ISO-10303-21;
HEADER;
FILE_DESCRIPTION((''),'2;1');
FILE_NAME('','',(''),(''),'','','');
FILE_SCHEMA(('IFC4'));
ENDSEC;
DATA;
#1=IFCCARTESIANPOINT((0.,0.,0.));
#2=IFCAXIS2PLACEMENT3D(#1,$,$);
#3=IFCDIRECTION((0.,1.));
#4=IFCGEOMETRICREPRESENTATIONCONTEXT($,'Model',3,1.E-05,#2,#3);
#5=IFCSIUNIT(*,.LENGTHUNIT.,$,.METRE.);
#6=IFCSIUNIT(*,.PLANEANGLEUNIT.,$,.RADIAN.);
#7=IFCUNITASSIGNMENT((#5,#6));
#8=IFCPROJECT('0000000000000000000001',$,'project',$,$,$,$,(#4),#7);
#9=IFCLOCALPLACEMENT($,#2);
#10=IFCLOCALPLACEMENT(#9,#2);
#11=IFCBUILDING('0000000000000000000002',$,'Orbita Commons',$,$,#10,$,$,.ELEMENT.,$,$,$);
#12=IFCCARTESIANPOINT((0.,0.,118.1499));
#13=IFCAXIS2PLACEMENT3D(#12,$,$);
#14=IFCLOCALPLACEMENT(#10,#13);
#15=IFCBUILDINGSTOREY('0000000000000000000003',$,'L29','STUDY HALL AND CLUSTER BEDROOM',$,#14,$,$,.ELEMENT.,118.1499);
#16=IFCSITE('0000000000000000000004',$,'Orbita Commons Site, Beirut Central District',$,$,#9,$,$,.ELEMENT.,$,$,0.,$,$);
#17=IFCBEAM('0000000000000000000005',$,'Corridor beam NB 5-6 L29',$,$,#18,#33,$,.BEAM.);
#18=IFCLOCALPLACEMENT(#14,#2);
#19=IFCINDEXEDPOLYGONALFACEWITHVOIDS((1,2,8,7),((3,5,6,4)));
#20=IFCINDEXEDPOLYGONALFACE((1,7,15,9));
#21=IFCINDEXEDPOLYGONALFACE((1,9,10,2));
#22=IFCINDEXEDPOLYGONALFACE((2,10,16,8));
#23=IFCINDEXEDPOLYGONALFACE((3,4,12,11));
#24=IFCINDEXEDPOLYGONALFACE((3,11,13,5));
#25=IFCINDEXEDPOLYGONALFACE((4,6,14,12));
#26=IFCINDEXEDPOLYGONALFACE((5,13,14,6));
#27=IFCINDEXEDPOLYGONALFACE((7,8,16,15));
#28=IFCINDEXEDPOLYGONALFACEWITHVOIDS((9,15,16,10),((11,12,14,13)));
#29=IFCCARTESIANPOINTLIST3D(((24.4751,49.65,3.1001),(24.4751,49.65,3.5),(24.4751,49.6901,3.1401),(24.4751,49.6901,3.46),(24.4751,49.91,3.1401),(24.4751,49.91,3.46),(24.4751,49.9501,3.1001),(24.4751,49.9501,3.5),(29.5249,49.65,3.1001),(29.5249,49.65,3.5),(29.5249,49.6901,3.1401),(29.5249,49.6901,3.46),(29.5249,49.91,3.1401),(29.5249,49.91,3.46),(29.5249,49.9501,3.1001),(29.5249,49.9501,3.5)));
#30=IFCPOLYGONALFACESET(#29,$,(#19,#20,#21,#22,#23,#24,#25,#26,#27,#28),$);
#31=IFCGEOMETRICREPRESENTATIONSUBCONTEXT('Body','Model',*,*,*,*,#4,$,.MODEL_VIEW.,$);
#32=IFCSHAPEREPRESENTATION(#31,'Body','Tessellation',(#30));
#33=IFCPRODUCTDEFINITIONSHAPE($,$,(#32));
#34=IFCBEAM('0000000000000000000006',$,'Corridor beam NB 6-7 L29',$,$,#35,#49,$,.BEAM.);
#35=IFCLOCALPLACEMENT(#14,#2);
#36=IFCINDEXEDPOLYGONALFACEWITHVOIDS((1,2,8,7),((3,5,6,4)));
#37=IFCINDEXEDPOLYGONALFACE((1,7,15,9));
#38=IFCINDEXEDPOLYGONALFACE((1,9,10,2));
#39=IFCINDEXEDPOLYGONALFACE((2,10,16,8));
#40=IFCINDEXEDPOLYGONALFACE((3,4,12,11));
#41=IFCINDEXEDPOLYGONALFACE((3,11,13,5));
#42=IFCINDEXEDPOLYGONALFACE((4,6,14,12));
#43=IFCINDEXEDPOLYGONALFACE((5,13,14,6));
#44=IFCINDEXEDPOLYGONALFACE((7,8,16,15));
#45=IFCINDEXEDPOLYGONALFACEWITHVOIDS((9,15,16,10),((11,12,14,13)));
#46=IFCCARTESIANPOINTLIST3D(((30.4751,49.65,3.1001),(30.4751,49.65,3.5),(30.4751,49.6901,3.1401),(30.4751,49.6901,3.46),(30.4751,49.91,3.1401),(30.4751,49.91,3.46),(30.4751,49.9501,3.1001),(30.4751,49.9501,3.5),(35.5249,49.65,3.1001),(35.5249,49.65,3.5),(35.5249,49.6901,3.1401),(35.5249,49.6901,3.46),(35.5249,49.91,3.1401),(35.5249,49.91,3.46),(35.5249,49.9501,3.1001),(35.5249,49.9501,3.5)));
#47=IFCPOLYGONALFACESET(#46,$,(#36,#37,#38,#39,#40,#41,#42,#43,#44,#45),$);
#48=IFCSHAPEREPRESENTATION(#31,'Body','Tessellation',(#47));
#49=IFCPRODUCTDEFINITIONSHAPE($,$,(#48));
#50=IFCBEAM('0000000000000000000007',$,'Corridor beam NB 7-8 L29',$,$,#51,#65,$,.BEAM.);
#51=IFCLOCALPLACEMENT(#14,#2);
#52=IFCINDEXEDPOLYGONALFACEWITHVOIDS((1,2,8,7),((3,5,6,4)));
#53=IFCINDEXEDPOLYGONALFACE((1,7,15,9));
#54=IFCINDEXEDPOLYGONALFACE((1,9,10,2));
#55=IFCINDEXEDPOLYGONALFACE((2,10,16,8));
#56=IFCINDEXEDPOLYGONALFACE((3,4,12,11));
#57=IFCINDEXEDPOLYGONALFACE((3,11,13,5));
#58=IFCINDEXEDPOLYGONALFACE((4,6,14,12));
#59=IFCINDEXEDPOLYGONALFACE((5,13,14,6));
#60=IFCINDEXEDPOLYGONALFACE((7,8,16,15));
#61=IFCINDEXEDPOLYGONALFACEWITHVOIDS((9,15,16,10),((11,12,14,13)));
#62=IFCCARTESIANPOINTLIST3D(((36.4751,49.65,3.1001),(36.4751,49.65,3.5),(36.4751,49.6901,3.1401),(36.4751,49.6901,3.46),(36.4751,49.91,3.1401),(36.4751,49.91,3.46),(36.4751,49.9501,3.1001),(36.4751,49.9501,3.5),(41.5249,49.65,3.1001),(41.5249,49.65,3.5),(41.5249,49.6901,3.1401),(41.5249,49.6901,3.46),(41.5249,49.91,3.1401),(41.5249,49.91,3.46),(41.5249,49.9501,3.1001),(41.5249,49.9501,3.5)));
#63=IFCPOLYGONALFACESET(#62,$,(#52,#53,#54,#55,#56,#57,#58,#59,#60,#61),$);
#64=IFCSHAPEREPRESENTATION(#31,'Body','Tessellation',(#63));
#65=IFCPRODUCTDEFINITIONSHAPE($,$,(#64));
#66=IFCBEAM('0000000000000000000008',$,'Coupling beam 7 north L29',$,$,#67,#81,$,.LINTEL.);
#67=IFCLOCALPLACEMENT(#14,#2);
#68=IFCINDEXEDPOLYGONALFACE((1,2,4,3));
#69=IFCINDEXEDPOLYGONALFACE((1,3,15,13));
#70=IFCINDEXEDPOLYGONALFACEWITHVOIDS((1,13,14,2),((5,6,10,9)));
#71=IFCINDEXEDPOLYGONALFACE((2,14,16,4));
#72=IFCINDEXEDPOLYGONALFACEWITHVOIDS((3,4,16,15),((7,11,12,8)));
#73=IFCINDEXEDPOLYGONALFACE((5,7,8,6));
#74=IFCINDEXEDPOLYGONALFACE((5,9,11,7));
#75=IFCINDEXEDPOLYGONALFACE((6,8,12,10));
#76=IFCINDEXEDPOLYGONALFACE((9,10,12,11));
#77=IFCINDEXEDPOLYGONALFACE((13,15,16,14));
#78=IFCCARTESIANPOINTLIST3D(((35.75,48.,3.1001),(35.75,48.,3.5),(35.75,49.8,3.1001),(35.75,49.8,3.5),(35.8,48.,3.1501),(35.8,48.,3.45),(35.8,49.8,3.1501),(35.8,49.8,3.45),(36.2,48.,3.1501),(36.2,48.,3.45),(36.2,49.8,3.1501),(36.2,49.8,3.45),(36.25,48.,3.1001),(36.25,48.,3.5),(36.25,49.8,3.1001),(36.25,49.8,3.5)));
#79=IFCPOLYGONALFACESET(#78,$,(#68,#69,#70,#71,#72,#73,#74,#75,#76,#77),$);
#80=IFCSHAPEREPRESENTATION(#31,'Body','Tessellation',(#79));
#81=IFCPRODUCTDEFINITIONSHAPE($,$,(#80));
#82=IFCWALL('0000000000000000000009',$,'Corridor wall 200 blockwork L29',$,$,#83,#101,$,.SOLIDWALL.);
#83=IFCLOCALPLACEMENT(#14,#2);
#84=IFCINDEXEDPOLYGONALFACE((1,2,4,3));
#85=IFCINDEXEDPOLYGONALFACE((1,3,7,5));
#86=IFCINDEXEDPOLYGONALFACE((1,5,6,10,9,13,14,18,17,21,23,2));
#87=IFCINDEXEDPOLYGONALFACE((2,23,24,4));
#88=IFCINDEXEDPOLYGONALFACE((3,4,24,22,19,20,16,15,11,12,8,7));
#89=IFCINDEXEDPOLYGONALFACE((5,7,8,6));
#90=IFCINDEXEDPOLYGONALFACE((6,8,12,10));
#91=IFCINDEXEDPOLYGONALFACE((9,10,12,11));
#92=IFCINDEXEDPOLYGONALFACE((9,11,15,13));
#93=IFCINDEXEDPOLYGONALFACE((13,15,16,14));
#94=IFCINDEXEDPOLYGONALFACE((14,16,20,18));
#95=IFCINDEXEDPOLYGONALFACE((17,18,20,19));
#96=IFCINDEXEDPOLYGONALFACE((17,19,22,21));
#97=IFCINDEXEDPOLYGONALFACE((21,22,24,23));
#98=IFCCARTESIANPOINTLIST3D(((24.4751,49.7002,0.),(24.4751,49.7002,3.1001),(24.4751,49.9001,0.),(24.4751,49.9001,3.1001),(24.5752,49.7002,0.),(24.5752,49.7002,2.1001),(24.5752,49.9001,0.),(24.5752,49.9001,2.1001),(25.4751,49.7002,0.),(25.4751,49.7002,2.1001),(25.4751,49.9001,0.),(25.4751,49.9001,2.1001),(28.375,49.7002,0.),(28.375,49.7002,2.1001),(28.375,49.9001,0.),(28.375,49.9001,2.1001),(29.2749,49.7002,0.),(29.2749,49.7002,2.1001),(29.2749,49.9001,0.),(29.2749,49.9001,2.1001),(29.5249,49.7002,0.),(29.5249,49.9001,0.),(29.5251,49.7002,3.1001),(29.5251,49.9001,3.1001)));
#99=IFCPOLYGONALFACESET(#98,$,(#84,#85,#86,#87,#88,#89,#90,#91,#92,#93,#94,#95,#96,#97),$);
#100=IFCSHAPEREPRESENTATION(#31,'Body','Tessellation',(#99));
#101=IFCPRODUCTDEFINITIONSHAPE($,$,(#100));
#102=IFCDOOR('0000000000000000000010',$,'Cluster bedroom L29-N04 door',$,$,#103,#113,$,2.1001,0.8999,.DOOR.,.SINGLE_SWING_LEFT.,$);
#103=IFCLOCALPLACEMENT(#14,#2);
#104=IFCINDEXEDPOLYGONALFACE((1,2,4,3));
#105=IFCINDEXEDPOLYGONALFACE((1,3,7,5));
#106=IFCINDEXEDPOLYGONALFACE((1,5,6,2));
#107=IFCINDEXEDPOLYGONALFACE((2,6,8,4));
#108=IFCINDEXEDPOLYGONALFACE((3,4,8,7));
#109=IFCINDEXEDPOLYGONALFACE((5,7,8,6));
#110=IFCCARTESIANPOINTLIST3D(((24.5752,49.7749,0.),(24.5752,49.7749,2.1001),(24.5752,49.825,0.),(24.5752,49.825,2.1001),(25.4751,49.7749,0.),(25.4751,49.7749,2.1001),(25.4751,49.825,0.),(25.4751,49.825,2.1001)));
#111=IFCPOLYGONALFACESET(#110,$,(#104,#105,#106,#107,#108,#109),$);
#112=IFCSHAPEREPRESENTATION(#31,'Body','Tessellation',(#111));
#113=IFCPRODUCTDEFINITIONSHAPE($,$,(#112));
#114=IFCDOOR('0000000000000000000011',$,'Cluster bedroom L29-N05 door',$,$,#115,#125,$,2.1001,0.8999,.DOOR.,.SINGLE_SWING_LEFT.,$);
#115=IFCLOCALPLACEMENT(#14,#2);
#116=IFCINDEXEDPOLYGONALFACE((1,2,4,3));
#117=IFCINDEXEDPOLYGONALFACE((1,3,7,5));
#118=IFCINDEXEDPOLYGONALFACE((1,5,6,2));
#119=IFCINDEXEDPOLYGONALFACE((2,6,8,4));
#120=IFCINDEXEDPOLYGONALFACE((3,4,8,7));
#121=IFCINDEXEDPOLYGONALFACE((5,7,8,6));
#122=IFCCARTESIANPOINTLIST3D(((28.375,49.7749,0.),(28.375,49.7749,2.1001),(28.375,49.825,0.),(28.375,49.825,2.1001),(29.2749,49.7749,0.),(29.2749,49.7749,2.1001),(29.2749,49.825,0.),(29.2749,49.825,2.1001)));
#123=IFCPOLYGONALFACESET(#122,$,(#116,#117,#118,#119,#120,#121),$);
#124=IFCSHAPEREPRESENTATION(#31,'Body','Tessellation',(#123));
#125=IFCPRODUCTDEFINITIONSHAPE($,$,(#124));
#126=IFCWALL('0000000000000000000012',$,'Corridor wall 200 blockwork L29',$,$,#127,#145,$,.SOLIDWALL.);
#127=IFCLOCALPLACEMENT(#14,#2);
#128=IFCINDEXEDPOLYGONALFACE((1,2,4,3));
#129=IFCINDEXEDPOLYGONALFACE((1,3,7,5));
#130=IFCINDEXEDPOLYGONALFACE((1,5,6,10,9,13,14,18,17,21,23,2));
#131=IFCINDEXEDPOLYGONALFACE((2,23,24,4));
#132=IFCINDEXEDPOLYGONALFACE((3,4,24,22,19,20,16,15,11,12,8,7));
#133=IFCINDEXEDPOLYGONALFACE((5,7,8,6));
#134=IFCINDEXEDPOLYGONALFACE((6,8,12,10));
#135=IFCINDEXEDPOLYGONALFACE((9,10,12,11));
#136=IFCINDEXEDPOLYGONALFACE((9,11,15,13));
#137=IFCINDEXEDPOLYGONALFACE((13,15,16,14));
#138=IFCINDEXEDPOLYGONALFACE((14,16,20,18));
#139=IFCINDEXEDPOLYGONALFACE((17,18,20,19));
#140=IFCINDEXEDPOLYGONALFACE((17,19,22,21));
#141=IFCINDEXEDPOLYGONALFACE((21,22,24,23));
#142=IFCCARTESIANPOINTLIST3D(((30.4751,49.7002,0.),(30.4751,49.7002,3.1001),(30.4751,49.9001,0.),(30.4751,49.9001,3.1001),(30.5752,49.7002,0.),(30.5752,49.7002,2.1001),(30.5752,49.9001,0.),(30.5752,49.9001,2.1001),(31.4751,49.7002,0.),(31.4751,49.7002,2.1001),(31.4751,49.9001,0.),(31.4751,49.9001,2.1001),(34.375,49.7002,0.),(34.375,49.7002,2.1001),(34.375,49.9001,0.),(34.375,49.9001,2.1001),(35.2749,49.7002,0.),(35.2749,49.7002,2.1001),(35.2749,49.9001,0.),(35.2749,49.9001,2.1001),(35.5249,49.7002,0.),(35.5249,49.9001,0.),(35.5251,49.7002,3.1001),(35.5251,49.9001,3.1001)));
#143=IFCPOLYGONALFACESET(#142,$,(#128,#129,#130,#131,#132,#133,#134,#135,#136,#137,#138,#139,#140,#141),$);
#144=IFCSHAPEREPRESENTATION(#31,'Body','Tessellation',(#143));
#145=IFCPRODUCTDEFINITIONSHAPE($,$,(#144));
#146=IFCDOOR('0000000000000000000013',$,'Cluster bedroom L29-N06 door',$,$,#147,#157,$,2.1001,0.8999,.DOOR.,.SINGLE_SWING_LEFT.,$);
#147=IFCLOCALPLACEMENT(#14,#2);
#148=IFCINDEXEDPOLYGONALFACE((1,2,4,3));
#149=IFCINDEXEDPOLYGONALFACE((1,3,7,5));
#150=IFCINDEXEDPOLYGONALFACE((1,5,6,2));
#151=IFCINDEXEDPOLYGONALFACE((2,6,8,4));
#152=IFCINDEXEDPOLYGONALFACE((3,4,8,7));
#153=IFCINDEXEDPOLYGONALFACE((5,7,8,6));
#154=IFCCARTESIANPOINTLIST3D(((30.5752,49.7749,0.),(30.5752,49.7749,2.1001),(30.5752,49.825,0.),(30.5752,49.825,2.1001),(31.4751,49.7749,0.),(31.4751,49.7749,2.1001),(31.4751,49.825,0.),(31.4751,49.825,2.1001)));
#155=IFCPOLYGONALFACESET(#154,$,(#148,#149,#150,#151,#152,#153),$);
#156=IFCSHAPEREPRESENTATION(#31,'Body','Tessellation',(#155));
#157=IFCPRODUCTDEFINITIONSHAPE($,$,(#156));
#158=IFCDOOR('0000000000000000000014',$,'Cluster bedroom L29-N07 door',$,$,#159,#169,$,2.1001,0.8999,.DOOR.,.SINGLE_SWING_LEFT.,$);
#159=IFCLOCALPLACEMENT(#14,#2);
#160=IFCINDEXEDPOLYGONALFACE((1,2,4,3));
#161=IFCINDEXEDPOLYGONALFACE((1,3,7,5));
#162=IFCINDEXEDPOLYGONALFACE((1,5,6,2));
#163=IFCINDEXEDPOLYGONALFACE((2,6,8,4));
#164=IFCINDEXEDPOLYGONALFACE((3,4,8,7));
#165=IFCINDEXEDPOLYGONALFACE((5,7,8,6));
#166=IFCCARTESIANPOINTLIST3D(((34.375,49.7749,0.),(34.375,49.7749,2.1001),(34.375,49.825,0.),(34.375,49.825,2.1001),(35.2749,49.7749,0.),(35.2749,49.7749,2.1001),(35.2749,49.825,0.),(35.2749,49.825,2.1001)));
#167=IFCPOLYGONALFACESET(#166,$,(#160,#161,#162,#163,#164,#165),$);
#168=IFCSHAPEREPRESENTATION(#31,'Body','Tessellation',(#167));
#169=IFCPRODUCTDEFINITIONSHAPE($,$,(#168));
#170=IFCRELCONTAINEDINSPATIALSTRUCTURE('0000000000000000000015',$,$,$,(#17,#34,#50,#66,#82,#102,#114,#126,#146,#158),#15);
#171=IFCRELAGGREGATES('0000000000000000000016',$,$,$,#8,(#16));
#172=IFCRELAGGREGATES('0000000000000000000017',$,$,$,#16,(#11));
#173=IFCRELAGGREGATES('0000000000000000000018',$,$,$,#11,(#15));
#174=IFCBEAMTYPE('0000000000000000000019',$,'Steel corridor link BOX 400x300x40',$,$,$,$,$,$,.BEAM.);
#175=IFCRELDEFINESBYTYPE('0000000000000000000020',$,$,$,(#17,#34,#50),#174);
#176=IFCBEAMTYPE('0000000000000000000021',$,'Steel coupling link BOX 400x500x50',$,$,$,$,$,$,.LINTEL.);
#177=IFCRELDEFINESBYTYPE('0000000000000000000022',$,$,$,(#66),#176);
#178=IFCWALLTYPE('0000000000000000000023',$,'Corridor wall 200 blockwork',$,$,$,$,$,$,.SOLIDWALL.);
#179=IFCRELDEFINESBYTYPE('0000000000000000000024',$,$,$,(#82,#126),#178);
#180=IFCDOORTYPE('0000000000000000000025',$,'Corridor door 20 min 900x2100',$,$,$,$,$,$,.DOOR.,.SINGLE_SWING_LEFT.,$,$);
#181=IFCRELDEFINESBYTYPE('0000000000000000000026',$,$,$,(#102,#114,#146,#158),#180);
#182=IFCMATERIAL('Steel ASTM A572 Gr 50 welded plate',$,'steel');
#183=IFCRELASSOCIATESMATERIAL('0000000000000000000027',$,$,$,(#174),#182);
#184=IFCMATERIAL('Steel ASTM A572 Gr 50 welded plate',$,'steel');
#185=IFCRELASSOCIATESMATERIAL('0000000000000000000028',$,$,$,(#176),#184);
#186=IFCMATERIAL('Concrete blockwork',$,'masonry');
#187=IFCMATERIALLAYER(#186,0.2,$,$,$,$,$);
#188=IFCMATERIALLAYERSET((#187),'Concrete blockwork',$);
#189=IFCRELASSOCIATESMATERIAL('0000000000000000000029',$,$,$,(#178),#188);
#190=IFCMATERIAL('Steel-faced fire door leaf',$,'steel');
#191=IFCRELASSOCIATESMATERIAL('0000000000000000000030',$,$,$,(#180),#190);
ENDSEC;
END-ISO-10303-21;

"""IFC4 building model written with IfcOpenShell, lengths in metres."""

from ifc_helpers import new_model, si_unit, direction, frame, frame_2d, origin, origin_2d, place, context, subcontext, project, spatial, polyline, rectangle, hollow_rectangle, outline, extrude, material, layer, layer_set, material_profile, profile_set, type_object, element, fill, save


model = new_model("IFC4")

# Units and contexts
model_context = context("Model", 3, precision=1e-05, world=origin(), true_north=direction((0.0, 1.0)))
body_context = subcontext(model_context, "Body", "Model", "MODEL_VIEW")
ifc_project = project(units=[si_unit("LENGTHUNIT", "METRE"), si_unit("PLANEANGLEUNIT", "RADIAN")], contexts=[model_context])

# Site, building, storey
site_placement = place(None, origin())
site = spatial("IfcSite", under=ifc_project, at=site_placement, Name="Orbita Commons Site, Beirut Central District", CompositionType="ELEMENT", RefElevation=0.0)
building_placement = place(site_placement, origin())
building = spatial("IfcBuilding", under=site, at=building_placement, Name="Orbita Commons", CompositionType="ELEMENT")
storey_placement = place(building_placement, frame((0.0, 0.0, 118.1499)))
storey = spatial("IfcBuildingStorey", under=building, at=storey_placement, Name="L29", Description="STUDY HALL AND CLUSTER BEDROOM", CompositionType="ELEMENT", Elevation=118.1499)

# Beams
ifc_material_1 = material(Name="Steel ASTM A572 Gr 50 welded plate", Category="steel")
ifc_material_profile_1 = material_profile(ifc_material_1, hollow_rectangle(XDim=0.3, YDim=0.3999, WallThickness=0.04, at=origin_2d()), Name="BOX 400x300x40")
ifc_profile_set_1 = profile_set([ifc_material_profile_1], Name="Steel ASTM A572 Gr 50 welded plate")
beam_type_1 = type_object("IfcBeamType", Name="Steel corridor link BOX 400x300x40", PredefinedType="BEAM", material=ifc_profile_set_1)
for number, where, z_axis, x_axis, name in (
    (1, (24.4751, 49.8, 3.3), (1.0, 0.0, 0.0), (0.0, 1.0, 0.0), "Corridor beam NB 5-6 L29"),
    (2, (30.4751, 49.8, 3.3), (1.0, 0.0, 0.0), (0.0, 1.0, 0.0), "Corridor beam NB 6-7 L29"),
    (3, (36.4751, 49.8, 3.3), (1.0, 0.0, 0.0), (0.0, 1.0, 0.0), "Corridor beam NB 7-8 L29"),
):
    element("IfcBeam", number, at=place(storey_placement, frame(where, z_axis=z_axis, x_axis=x_axis)), inside=storey, type_object=beam_type_1, Name=name, PredefinedType="BEAM", context=body_context, shape_type="SweptSolid", body=[
        extrude(hollow_rectangle(XDim=0.3, YDim=0.3999, WallThickness=0.04, at=origin_2d()), origin(), (0.0, 0.0, 1.0), 5.0498),
    ])
ifc_material_2 = material(Name="Steel ASTM A572 Gr 50 welded plate", Category="steel")
ifc_material_profile_2 = material_profile(ifc_material_2, hollow_rectangle(XDim=0.5, YDim=0.3999, WallThickness=0.05, at=origin_2d()), Name="BOX 400x500x50")
ifc_profile_set_2 = profile_set([ifc_material_profile_2], Name="Steel ASTM A572 Gr 50 welded plate")
beam_type_2 = type_object("IfcBeamType", Name="Steel coupling link BOX 400x500x50", PredefinedType="LINTEL", material=ifc_profile_set_2)
beam_placement = place(storey_placement, frame((36.0, 48.0, 3.3), z_axis=(0.0, 1.0, 0.0), x_axis=(-1.0, 0.0, 0.0)))
element("IfcBeam", 4, at=beam_placement, inside=storey, type_object=beam_type_2, Name="Coupling beam 7 north L29", PredefinedType="LINTEL", context=body_context, shape_type="SweptSolid", body=[
    extrude(hollow_rectangle(XDim=0.5, YDim=0.3999, WallThickness=0.05, at=origin_2d()), origin(), (0.0, 0.0, 1.0), 1.8),
])

# Walls, openings, doors
ifc_material_3 = material(Name="Concrete blockwork", Category="masonry")
ifc_layer_1 = layer(ifc_material_3, 0.2)
ifc_layer_set_1 = layer_set([ifc_layer_1], Name="Concrete blockwork")
wall_type_1 = type_object("IfcWallType", Name="Corridor wall 200 blockwork", PredefinedType="SOLIDWALL", material=ifc_layer_set_1)
wall_1_placement = place(storey_placement, frame((24.4751, 49.8, 0.0), z_axis=(0.0, 0.0, 1.0), x_axis=(1.0, 0.0, 0.0)))
wall_1 = element("IfcWall", 5, at=wall_1_placement, inside=storey, type_object=wall_type_1, Name="Corridor wall 200 blockwork L29", PredefinedType="SOLIDWALL", context=body_context, shape_type="SweptSolid", body=[
    extrude(outline(polyline([(0.0, 0.0), (5.0498, 0.0), (5.05, 3.1001), (0.0, 3.1001), (0.0, 0.0)])), frame((0.0, 0.1001, 0.0), z_axis=(0.0, -1.0, 0.0), x_axis=(1.0, 0.0, 0.0)), (0.0, 0.0, 1.0), 0.2),
])
opening_1_placement = place(wall_1_placement, frame((0.1001, 0.0, 0.0)))
opening_1 = element("IfcOpeningElement", 6, at=opening_1_placement, cuts=wall_1, PredefinedType="OPENING", context=body_context, shape_type="SweptSolid", body=[
    extrude(rectangle(XDim=0.8999, YDim=2.1001, at=frame_2d((0.45, 1.05))), frame((0.0, 0.1099, 0.0), z_axis=(0.0, -1.0, 0.0), x_axis=(1.0, 0.0, 0.0)), (0.0, 0.0, 1.0), 0.22),
])
opening_2_placement = place(wall_1_placement, frame((3.8999, 0.0, 0.0)))
opening_2 = element("IfcOpeningElement", 7, at=opening_2_placement, cuts=wall_1, PredefinedType="OPENING", context=body_context, shape_type="SweptSolid", body=[
    extrude(rectangle(XDim=0.8999, YDim=2.1001, at=frame_2d((0.45, 1.05))), frame((0.0, 0.1099, 0.0), z_axis=(0.0, -1.0, 0.0), x_axis=(1.0, 0.0, 0.0)), (0.0, 0.0, 1.0), 0.22),
])
ifc_material_4 = material(Name="Steel-faced fire door leaf", Category="steel")
door_type_1 = type_object("IfcDoorType", Name="Corridor door 20 min 900x2100", OperationType="SINGLE_SWING_LEFT", PredefinedType="DOOR", material=ifc_material_4)
door_1_placement = place(opening_1_placement, origin())
door_1 = element("IfcDoor", 8, at=door_1_placement, inside=storey, type_object=door_type_1, Name="Cluster bedroom L29-N04 door", OperationType="SINGLE_SWING_LEFT", OverallHeight=2.1001, OverallWidth=0.8999, PredefinedType="DOOR", context=body_context, shape_type="SweptSolid", body=[
    extrude(rectangle(XDim=0.8999, YDim=2.1001, at=frame_2d((0.45, 1.05))), frame((0.0, 0.0249, 0.0), z_axis=(0.0, -1.0, 0.0), x_axis=(1.0, 0.0, 0.0)), (0.0, 0.0, 1.0), 0.05),
])
fill(opening_1, door_1)
door_2_placement = place(opening_2_placement, origin())
door_2 = element("IfcDoor", 9, at=door_2_placement, inside=storey, type_object=door_type_1, Name="Cluster bedroom L29-N05 door", OperationType="SINGLE_SWING_LEFT", OverallHeight=2.1001, OverallWidth=0.8999, PredefinedType="DOOR", context=body_context, shape_type="SweptSolid", body=[
    extrude(rectangle(XDim=0.8999, YDim=2.1001, at=frame_2d((0.45, 1.05))), frame((0.0, 0.0249, 0.0), z_axis=(0.0, -1.0, 0.0), x_axis=(1.0, 0.0, 0.0)), (0.0, 0.0, 1.0), 0.05),
])
fill(opening_2, door_2)
wall_2_placement = place(storey_placement, frame((30.4751, 49.8, 0.0), z_axis=(0.0, 0.0, 1.0), x_axis=(1.0, 0.0, 0.0)))
wall_2 = element("IfcWall", 10, at=wall_2_placement, inside=storey, type_object=wall_type_1, Name="Corridor wall 200 blockwork L29", PredefinedType="SOLIDWALL", context=body_context, shape_type="SweptSolid", body=[
    extrude(outline(polyline([(0.0, 0.0), (5.0498, 0.0), (5.05, 3.1001), (0.0, 3.1001), (0.0, 0.0)])), frame((0.0, 0.1001, 0.0), z_axis=(0.0, -1.0, 0.0), x_axis=(1.0, 0.0, 0.0)), (0.0, 0.0, 1.0), 0.2),
])
opening_3_placement = place(wall_2_placement, frame((0.1001, 0.0, 0.0)))
opening_3 = element("IfcOpeningElement", 11, at=opening_3_placement, cuts=wall_2, PredefinedType="OPENING", context=body_context, shape_type="SweptSolid", body=[
    extrude(rectangle(XDim=0.8999, YDim=2.1001, at=frame_2d((0.45, 1.05))), frame((0.0, 0.1099, 0.0), z_axis=(0.0, -1.0, 0.0), x_axis=(1.0, 0.0, 0.0)), (0.0, 0.0, 1.0), 0.22),
])
opening_4_placement = place(wall_2_placement, frame((3.8999, 0.0, 0.0)))
opening_4 = element("IfcOpeningElement", 12, at=opening_4_placement, cuts=wall_2, PredefinedType="OPENING", context=body_context, shape_type="SweptSolid", body=[
    extrude(rectangle(XDim=0.8999, YDim=2.1001, at=frame_2d((0.45, 1.05))), frame((0.0, 0.1099, 0.0), z_axis=(0.0, -1.0, 0.0), x_axis=(1.0, 0.0, 0.0)), (0.0, 0.0, 1.0), 0.22),
])
door_3_placement = place(opening_3_placement, origin())
door_3 = element("IfcDoor", 13, at=door_3_placement, inside=storey, type_object=door_type_1, Name="Cluster bedroom L29-N06 door", OperationType="SINGLE_SWING_LEFT", OverallHeight=2.1001, OverallWidth=0.8999, PredefinedType="DOOR", context=body_context, shape_type="SweptSolid", body=[
    extrude(rectangle(XDim=0.8999, YDim=2.1001, at=frame_2d((0.45, 1.05))), frame((0.0, 0.0249, 0.0), z_axis=(0.0, -1.0, 0.0), x_axis=(1.0, 0.0, 0.0)), (0.0, 0.0, 1.0), 0.05),
])
fill(opening_3, door_3)
door_4_placement = place(opening_4_placement, origin())
door_4 = element("IfcDoor", 14, at=door_4_placement, inside=storey, type_object=door_type_1, Name="Cluster bedroom L29-N07 door", OperationType="SINGLE_SWING_LEFT", OverallHeight=2.1001, OverallWidth=0.8999, PredefinedType="DOOR", context=body_context, shape_type="SweptSolid", body=[
    extrude(rectangle(XDim=0.8999, YDim=2.1001, at=frame_2d((0.45, 1.05))), frame((0.0, 0.0249, 0.0), z_axis=(0.0, -1.0, 0.0), x_axis=(1.0, 0.0, 0.0)), (0.0, 0.0, 1.0), 0.05),
])
fill(opening_4, door_4)

save(model, "model.ifc")
